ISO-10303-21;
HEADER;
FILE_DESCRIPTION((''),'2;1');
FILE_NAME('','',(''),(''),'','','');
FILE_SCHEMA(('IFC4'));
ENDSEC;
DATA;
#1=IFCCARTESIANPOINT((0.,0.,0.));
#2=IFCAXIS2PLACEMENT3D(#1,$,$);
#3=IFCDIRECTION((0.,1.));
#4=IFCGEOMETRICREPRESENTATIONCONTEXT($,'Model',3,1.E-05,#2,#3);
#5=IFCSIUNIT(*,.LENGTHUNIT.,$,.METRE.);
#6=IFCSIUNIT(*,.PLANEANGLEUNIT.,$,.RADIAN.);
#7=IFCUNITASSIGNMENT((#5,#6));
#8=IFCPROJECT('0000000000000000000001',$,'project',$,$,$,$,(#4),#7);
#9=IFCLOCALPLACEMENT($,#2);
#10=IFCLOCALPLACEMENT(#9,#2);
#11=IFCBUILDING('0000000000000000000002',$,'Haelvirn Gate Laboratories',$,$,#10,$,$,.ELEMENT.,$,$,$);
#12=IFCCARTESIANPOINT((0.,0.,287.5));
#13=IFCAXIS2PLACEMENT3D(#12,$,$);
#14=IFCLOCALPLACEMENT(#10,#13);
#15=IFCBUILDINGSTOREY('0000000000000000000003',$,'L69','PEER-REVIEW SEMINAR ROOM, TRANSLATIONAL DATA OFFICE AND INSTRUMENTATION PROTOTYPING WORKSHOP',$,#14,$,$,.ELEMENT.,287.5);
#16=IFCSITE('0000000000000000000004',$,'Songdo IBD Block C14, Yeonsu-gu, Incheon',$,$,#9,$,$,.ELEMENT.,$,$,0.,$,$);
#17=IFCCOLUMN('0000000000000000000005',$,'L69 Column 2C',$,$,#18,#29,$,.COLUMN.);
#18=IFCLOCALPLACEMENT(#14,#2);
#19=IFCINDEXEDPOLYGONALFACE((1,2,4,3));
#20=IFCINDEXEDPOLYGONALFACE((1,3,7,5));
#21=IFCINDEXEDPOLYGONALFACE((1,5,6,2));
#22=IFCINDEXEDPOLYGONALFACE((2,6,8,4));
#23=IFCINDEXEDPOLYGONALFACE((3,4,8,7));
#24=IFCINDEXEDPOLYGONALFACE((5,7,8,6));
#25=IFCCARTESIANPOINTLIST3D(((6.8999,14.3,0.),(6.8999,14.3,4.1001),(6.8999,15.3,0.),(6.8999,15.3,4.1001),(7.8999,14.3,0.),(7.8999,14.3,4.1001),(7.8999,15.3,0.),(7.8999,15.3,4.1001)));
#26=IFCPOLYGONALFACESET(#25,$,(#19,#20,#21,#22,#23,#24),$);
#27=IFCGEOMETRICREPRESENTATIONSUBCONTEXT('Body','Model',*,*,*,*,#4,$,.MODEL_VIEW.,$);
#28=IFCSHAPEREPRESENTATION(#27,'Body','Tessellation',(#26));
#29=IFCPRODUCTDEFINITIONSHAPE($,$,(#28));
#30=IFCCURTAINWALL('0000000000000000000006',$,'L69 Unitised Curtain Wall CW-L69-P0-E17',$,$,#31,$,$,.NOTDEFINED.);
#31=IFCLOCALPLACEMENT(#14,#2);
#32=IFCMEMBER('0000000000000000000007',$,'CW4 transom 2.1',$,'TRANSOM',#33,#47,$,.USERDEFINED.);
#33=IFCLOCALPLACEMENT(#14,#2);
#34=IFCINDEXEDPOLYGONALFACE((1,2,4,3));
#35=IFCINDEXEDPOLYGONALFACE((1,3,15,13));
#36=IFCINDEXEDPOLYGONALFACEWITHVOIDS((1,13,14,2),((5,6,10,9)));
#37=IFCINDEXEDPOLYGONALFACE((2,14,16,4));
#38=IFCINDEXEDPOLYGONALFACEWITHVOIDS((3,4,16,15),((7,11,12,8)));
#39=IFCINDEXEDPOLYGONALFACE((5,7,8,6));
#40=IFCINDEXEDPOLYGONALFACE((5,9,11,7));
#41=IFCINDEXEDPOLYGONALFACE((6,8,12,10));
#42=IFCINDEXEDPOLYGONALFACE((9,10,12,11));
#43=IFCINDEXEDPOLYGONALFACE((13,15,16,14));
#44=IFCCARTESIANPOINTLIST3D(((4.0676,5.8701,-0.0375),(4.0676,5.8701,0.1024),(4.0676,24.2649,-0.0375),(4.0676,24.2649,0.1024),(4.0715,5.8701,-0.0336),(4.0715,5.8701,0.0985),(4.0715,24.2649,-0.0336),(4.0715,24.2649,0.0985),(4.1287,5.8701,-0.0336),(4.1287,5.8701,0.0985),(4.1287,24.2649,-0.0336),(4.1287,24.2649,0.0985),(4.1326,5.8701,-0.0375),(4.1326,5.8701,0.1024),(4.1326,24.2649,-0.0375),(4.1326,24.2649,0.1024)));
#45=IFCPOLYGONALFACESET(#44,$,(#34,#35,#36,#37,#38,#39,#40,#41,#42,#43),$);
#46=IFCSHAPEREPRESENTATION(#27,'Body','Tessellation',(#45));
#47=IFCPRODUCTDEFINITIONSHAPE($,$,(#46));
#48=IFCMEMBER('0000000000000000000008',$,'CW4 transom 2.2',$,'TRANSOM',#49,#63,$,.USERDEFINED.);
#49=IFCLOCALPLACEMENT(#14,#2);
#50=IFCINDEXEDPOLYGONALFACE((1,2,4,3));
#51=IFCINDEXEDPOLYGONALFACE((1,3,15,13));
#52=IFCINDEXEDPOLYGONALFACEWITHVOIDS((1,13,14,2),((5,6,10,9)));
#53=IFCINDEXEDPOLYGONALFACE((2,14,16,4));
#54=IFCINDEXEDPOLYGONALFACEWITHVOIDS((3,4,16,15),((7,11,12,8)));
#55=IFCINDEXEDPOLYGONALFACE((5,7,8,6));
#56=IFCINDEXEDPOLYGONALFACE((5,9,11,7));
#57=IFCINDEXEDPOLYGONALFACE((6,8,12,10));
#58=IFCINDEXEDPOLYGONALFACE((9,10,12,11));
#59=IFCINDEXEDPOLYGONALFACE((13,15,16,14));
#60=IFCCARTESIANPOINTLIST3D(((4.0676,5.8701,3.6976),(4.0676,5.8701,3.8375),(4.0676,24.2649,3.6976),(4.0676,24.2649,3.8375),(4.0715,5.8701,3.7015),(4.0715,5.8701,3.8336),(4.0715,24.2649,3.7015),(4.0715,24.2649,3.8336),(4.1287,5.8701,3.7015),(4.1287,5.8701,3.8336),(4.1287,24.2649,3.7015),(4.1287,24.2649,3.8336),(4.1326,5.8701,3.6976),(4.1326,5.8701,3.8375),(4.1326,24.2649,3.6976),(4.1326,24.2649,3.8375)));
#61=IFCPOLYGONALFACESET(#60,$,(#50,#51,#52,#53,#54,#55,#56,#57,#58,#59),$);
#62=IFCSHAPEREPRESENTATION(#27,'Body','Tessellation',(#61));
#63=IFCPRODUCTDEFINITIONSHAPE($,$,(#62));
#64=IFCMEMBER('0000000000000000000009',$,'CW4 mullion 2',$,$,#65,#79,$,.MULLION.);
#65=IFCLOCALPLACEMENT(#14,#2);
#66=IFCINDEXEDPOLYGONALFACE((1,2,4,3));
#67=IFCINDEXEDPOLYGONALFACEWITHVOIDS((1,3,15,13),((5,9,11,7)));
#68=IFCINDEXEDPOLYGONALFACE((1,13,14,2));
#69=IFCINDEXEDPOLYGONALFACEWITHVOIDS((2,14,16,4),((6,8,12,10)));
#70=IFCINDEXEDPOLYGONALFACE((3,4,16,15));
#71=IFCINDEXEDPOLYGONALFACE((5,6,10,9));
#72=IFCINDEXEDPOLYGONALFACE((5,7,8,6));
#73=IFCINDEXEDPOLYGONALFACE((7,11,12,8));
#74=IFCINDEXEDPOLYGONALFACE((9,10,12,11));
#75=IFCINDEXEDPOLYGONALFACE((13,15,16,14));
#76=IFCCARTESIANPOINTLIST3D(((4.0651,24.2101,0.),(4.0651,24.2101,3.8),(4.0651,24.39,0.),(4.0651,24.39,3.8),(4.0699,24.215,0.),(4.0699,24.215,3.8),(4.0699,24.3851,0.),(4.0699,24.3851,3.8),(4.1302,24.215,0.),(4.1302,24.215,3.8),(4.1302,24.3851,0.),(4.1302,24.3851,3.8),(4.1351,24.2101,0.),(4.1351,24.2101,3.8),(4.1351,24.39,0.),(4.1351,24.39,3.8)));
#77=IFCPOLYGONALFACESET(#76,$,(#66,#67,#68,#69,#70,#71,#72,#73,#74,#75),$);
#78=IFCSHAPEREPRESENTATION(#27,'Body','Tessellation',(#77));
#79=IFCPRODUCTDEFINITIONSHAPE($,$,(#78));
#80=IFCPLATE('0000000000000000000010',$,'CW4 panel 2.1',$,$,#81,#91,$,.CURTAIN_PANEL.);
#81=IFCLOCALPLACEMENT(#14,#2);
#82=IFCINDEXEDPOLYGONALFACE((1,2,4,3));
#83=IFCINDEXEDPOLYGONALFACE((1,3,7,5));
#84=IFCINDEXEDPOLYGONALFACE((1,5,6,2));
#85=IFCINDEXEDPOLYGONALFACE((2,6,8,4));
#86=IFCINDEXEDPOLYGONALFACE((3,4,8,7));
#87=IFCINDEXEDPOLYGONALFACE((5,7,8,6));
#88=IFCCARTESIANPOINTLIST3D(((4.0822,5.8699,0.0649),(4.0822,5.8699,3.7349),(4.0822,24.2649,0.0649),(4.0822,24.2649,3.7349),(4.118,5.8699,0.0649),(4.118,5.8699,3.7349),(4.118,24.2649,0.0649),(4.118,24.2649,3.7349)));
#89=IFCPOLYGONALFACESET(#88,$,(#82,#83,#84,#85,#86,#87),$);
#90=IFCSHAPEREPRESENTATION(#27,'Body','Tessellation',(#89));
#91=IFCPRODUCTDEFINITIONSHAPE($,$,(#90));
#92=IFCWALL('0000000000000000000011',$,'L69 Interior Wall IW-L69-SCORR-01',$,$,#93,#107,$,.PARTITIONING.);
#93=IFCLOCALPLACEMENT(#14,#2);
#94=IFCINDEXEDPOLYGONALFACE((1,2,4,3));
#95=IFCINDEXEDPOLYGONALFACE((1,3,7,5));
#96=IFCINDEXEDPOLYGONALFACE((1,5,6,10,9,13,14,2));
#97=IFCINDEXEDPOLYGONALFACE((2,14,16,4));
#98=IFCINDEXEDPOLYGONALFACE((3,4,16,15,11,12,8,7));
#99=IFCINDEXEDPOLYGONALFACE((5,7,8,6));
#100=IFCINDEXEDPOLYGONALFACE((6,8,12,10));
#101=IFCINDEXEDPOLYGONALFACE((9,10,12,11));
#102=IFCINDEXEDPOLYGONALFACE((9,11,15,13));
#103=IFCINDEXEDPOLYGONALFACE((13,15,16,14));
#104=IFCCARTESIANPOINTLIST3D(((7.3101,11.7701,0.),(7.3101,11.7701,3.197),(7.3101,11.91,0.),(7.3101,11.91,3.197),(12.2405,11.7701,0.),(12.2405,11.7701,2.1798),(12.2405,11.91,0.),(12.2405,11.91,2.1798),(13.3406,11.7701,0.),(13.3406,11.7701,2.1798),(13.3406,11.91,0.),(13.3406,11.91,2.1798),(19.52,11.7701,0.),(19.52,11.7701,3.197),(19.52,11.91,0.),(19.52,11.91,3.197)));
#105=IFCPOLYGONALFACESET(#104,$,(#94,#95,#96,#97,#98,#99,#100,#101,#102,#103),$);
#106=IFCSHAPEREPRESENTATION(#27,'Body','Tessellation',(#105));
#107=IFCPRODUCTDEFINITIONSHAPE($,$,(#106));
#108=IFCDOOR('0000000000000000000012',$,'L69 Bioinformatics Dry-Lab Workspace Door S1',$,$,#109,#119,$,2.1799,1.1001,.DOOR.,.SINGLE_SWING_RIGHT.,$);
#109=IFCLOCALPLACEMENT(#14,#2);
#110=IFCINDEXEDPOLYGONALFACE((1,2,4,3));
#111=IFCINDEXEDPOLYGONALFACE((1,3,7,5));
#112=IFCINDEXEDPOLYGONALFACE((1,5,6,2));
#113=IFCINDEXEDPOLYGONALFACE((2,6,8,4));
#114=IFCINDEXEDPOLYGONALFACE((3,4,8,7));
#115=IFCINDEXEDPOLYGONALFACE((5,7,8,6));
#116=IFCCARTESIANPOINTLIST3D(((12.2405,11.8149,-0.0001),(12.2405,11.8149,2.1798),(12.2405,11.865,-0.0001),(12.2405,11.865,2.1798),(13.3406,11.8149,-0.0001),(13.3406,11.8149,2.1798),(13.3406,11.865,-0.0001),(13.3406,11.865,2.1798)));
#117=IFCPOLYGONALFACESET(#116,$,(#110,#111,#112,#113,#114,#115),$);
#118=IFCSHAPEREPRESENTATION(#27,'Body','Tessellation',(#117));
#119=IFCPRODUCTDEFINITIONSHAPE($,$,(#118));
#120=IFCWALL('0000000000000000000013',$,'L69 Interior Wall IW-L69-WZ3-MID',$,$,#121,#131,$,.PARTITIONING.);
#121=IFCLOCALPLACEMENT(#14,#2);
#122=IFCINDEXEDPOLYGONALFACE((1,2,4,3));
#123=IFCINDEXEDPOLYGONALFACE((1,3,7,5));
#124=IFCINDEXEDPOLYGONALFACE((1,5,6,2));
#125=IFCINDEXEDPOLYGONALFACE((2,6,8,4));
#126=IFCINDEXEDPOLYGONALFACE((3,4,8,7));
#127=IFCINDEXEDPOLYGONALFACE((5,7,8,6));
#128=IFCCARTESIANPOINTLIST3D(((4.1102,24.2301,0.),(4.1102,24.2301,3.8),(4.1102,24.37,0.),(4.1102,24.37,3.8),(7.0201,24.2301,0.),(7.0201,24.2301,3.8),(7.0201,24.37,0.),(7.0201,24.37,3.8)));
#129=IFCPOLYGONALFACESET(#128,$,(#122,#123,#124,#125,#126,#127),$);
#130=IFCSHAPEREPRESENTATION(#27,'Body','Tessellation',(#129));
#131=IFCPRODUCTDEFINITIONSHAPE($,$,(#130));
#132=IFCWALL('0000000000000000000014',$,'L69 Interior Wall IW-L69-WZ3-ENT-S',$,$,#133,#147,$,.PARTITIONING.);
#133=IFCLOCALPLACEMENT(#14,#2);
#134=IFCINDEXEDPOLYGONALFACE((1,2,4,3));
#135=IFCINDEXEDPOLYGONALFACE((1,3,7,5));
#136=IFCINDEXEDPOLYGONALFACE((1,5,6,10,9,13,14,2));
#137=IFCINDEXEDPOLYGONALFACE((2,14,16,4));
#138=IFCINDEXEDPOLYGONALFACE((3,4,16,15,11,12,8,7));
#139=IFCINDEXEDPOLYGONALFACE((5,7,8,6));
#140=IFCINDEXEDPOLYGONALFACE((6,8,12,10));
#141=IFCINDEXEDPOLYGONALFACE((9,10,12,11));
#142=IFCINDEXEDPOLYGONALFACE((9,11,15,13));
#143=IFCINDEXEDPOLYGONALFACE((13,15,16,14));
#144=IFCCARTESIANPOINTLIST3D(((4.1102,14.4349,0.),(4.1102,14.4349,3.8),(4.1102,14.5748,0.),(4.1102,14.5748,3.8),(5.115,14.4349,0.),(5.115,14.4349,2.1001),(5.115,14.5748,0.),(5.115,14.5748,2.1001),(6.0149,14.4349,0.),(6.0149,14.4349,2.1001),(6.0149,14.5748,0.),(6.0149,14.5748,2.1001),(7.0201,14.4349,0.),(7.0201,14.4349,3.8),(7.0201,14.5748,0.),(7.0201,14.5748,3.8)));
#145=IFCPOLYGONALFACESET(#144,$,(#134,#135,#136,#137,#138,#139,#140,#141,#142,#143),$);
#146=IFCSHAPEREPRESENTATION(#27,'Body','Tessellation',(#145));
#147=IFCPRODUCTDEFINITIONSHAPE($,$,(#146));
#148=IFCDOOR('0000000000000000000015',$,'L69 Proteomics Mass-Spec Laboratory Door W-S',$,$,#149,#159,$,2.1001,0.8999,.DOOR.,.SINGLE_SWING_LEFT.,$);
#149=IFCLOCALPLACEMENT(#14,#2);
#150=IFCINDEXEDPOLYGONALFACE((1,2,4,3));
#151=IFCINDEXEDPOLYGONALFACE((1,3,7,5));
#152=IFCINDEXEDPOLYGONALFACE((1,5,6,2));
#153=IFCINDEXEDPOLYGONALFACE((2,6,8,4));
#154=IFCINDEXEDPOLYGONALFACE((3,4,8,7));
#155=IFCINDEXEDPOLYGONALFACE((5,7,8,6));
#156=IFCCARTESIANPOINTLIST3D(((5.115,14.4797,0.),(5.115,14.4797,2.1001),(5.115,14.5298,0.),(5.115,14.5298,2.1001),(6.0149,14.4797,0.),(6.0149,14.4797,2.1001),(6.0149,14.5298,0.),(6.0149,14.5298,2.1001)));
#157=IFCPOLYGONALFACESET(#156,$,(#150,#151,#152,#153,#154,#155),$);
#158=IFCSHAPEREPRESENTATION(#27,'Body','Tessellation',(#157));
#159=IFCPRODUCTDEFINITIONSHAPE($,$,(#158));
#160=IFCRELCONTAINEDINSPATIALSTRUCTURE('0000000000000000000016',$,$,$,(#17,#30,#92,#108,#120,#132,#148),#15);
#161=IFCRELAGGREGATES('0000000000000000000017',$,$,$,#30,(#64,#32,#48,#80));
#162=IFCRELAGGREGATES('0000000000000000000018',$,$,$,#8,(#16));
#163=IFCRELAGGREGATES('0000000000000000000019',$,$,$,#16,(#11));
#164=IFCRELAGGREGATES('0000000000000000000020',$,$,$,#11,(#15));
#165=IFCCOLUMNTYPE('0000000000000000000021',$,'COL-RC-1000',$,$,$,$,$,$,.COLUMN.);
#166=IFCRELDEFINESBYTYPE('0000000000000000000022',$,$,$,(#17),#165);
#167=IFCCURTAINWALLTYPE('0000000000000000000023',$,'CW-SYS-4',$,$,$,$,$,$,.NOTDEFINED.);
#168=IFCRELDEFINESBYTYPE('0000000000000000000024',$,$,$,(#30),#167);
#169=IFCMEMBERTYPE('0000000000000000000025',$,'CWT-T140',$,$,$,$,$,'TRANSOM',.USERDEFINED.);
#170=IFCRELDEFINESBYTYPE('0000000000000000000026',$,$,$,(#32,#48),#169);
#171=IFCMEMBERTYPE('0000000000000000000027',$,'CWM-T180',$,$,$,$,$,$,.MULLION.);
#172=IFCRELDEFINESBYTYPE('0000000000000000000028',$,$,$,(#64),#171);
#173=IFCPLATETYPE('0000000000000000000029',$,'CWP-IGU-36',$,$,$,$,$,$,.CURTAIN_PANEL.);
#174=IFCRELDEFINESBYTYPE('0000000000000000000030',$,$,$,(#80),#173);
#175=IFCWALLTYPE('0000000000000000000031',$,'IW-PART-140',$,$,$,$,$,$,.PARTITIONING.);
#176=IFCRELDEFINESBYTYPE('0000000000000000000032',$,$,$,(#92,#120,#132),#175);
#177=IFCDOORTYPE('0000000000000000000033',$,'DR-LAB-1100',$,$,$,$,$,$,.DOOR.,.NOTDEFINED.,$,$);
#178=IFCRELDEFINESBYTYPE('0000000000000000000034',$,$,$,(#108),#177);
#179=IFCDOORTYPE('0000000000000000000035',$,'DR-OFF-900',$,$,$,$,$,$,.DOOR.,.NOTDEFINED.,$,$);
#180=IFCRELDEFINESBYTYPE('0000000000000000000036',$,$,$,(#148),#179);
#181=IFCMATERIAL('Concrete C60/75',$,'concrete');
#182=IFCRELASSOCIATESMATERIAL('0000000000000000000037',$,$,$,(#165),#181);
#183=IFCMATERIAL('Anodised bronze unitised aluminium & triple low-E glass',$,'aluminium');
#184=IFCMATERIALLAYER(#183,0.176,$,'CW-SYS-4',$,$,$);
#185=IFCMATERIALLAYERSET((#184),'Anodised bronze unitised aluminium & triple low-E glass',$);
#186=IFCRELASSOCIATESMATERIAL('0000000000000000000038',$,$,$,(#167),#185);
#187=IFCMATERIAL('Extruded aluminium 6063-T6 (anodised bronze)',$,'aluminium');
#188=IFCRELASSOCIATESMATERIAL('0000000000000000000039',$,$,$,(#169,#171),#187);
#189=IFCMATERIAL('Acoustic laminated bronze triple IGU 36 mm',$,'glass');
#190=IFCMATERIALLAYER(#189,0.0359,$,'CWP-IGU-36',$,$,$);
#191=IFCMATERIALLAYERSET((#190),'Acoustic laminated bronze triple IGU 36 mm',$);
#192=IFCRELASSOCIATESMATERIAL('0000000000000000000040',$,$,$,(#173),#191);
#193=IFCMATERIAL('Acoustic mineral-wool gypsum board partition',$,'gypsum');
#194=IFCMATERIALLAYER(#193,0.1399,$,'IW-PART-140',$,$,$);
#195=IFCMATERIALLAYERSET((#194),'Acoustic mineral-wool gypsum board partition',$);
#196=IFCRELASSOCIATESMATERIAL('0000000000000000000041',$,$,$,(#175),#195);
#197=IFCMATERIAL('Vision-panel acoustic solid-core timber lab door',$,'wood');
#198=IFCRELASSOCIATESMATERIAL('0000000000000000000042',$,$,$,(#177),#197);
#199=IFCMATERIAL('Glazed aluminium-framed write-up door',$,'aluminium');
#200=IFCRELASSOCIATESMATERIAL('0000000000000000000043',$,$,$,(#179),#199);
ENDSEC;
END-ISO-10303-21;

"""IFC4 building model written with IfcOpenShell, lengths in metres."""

from ifc_helpers import new_model, si_unit, direction, frame, frame_2d, origin, origin_2d, place, context, subcontext, project, spatial, rectangle, hollow_rectangle, extrude, source, transform, mapped, material, layer, layer_set, material_profile, profile_set, type_object, type_shapes, element, fill, aggregate, save


model = new_model("IFC4")

# Units and contexts
model_context = context("Model", 3, precision=1e-05, world=origin(), true_north=direction((0.0, 1.0)))
body_context = subcontext(model_context, "Body", "Model", "MODEL_VIEW")
ifc_project = project(units=[si_unit("LENGTHUNIT", "METRE"), si_unit("PLANEANGLEUNIT", "RADIAN")], contexts=[model_context])

# Site, building, storey
site_placement = place(None, origin())
site = spatial("IfcSite", under=ifc_project, at=site_placement, Name="Songdo IBD Block C14, Yeonsu-gu, Incheon", CompositionType="ELEMENT", RefElevation=0.0)
building_placement = place(site_placement, origin())
building = spatial("IfcBuilding", under=site, at=building_placement, Name="Haelvirn Gate Laboratories", CompositionType="ELEMENT")
storey_placement = place(building_placement, frame((0.0, 0.0, 287.5)))
storey = spatial("IfcBuildingStorey", under=building, at=storey_placement, Name="L69", Description="PEER-REVIEW SEMINAR ROOM, TRANSLATIONAL DATA OFFICE AND INSTRUMENTATION PROTOTYPING WORKSHOP", CompositionType="ELEMENT", Elevation=287.5)

# Column
ifc_material_1 = material(Name="Concrete C60/75", Category="concrete")
ifc_material_profile_1 = material_profile(ifc_material_1, rectangle(XDim=1.0, YDim=1.0, at=origin_2d()), Name="RC-1000x1000")
ifc_profile_set_1 = profile_set([ifc_material_profile_1], Name="Concrete C60/75")
column_type = type_object("IfcColumnType", Name="COL-RC-1000", PredefinedType="COLUMN", material=ifc_profile_set_1)
shared_shape_1 = source(origin(), body_context, "Body", "SweptSolid", [
    extrude(rectangle(XDim=1.0, YDim=1.0, at=origin_2d()), origin(), (0.0, 0.0, 1.0), 4.1001),
])
type_shapes(column_type, [shared_shape_1])
column_placement = place(storey_placement, frame((7.3999, 14.8, 0.0), z_axis=(0.0, 0.0, 1.0), x_axis=(1.0, 0.0, 0.0)))
element("IfcColumn", 1, at=column_placement, inside=storey, type_object=column_type, Name="L69 Column 2C", PredefinedType="COLUMN", context=body_context, shape_type="MappedRepresentation", body=[
    mapped(shared_shape_1, transform((0.0, 0.0, 0.0), scale=1.0)),
])

# Curtain wall, members, plate
ifc_material_2 = material(Name="Anodised bronze unitised aluminium & triple low-E glass", Category="aluminium")
ifc_layer_1 = layer(ifc_material_2, 0.176, Name="CW-SYS-4")
ifc_layer_set_1 = layer_set([ifc_layer_1], Name="Anodised bronze unitised aluminium & triple low-E glass")
curtain_wall_type = type_object("IfcCurtainWallType", Name="CW-SYS-4", PredefinedType="NOTDEFINED", material=ifc_layer_set_1)
curtain_wall_placement = place(storey_placement, origin())
curtain_wall = element("IfcCurtainWall", 2, at=curtain_wall_placement, inside=storey, type_object=curtain_wall_type, Name="L69 Unitised Curtain Wall CW-L69-P0-E17", PredefinedType="NOTDEFINED")
ifc_material_3 = material(Name="Extruded aluminium 6063-T6 (anodised bronze)", Category="aluminium")
ifc_material_profile_2 = material_profile(ifc_material_3, hollow_rectangle(XDim=0.0649, YDim=0.1399, WallThickness=0.0039, at=origin_2d()), Name="CWT-140x65x4")
ifc_profile_set_2 = profile_set([ifc_material_profile_2], Name="Extruded aluminium 6063-T6 (anodised bronze)")
member_type_1 = type_object("IfcMemberType", Name="CWT-T140", ElementType="TRANSOM", PredefinedType="USERDEFINED", material=ifc_profile_set_2)
shared_shape_2 = source(origin(), body_context, "Body", "SweptSolid", [
    extrude(hollow_rectangle(XDim=0.0649, YDim=0.1399, WallThickness=0.0039, at=origin_2d()), origin(), (0.0, 0.0, 1.0), 18.3948),
])
type_shapes(member_type_1, [shared_shape_2])
member_1_placement = place(storey_placement, frame((4.1001, 24.2649, 0.0325), z_axis=(0.0, -1.0, 0.0), x_axis=(1.0, 0.0, 0.0)))
member_1 = element("IfcMember", 3, at=member_1_placement, type_object=member_type_1, Name="CW4 transom 2.1", ObjectType="TRANSOM", PredefinedType="USERDEFINED", context=body_context, shape_type="MappedRepresentation", body=[
    mapped(shared_shape_2, transform((0.0, 0.0, 0.0), scale=1.0)),
])
member_2_placement = place(storey_placement, frame((4.1001, 24.2649, 3.7676), z_axis=(0.0, -1.0, 0.0), x_axis=(1.0, 0.0, 0.0)))
member_2 = element("IfcMember", 4, at=member_2_placement, type_object=member_type_1, Name="CW4 transom 2.2", ObjectType="TRANSOM", PredefinedType="USERDEFINED", context=body_context, shape_type="MappedRepresentation", body=[
    mapped(shared_shape_2, transform((0.0, 0.0, 0.0), scale=1.0)),
])
ifc_material_profile_3 = material_profile(ifc_material_3, hollow_rectangle(XDim=0.0701, YDim=0.1799, WallThickness=0.0049, at=origin_2d()), Name="CWM-180x70x5")
ifc_profile_set_3 = profile_set([ifc_material_profile_3], Name="Extruded aluminium 6063-T6 (anodised bronze)")
member_type_2 = type_object("IfcMemberType", Name="CWM-T180", PredefinedType="MULLION", material=ifc_profile_set_3)
shared_shape_3 = source(origin(), body_context, "Body", "SweptSolid", [
    extrude(hollow_rectangle(XDim=0.0701, YDim=0.1799, WallThickness=0.0049, at=origin_2d()), origin(), (0.0, 0.0, 1.0), 3.8),
])
type_shapes(member_type_2, [shared_shape_3])
member_3_placement = place(storey_placement, frame((4.1001, 24.3, 0.0), z_axis=(0.0, 0.0, 1.0), x_axis=(1.0, 0.0, 0.0)))
member_3 = element("IfcMember", 5, at=member_3_placement, type_object=member_type_2, Name="CW4 mullion 2", PredefinedType="MULLION", context=body_context, shape_type="MappedRepresentation", body=[
    mapped(shared_shape_3, transform((0.0, 0.0, 0.0), scale=1.0)),
])
ifc_material_4 = material(Name="Acoustic laminated bronze triple IGU 36 mm", Category="glass")
ifc_layer_2 = layer(ifc_material_4, 0.0359, Name="CWP-IGU-36")
ifc_layer_set_2 = layer_set([ifc_layer_2], Name="Acoustic laminated bronze triple IGU 36 mm")
plate_type = type_object("IfcPlateType", Name="CWP-IGU-36", PredefinedType="CURTAIN_PANEL", material=ifc_layer_set_2)
shared_shape_4 = source(origin(), body_context, "Body", "SweptSolid", [
    extrude(rectangle(XDim=18.395, YDim=0.0359, at=origin_2d()), origin(), (0.0, 0.0, 1.0), 3.6699),
])
type_shapes(plate_type, [shared_shape_4])
plate_placement = place(storey_placement, frame((4.1001, 15.0674, 0.0649), z_axis=(0.0, 0.0, 1.0), x_axis=(0.0, -1.0, 0.0)))
plate = element("IfcPlate", 6, at=plate_placement, type_object=plate_type, Name="CW4 panel 2.1", PredefinedType="CURTAIN_PANEL", context=body_context, shape_type="MappedRepresentation", body=[
    mapped(shared_shape_4, transform((0.0, 0.0, 0.0), scale=1.0)),
])
aggregate(curtain_wall, [member_3, member_1, member_2, plate])

# Wall, opening, door
ifc_material_5 = material(Name="Acoustic mineral-wool gypsum board partition", Category="gypsum")
ifc_layer_3 = layer(ifc_material_5, 0.1399, Name="IW-PART-140")
ifc_layer_set_3 = layer_set([ifc_layer_3], Name="Acoustic mineral-wool gypsum board partition")
wall_type_1 = type_object("IfcWallType", Name="IW-PART-140", PredefinedType="PARTITIONING", material=ifc_layer_set_3)
wall_1_placement = place(storey_placement, frame((7.3101, 11.8401, 0.0), z_axis=(0.0, 0.0, 1.0), x_axis=(1.0, 0.0, 0.0)))
wall_1 = element("IfcWall", 7, at=wall_1_placement, inside=storey, type_object=wall_type_1, Name="L69 Interior Wall IW-L69-SCORR-01", PredefinedType="PARTITIONING", context=body_context, shape_type="SweptSolid", body=[
    extrude(rectangle(XDim=12.21, YDim=0.1399, at=frame_2d((6.105, 0.0))), origin(), (0.0, 0.0, 1.0), 3.197),
])
opening_1_placement = place(wall_1_placement, frame((4.9304, 0.0, 0.0)))
opening_1 = element("IfcOpeningElement", 8, at=opening_1_placement, cuts=wall_1, PredefinedType="OPENING", context=body_context, shape_type="SweptSolid", body=[
    extrude(rectangle(XDim=1.1001, YDim=2.1799, at=frame_2d((0.55, 1.0898))), frame((0.0, 0.0801, 0.0), z_axis=(0.0, -1.0, 0.0), x_axis=(1.0, 0.0, 0.0)), (0.0, 0.0, 1.0), 0.1599),
])
ifc_material_6 = material(Name="Vision-panel acoustic solid-core timber lab door", Category="wood")
door_type_1 = type_object("IfcDoorType", Name="DR-LAB-1100", OperationType="NOTDEFINED", PredefinedType="DOOR", material=ifc_material_6)
shared_shape_5 = source(origin(), body_context, "Body", "SweptSolid", [
    extrude(rectangle(XDim=1.1001, YDim=2.1799, at=frame_2d((0.55, 1.0898))), frame((0.0, 0.0249, 0.0), z_axis=(0.0, -1.0, 0.0), x_axis=(1.0, 0.0, 0.0)), (0.0, 0.0, 1.0), 0.05),
])
type_shapes(door_type_1, [shared_shape_5])
door_1_placement = place(opening_1_placement, origin())
door_1 = element("IfcDoor", 9, at=door_1_placement, inside=storey, type_object=door_type_1, Name="L69 Bioinformatics Dry-Lab Workspace Door S1", OperationType="SINGLE_SWING_RIGHT", OverallHeight=2.1799, OverallWidth=1.1001, PredefinedType="DOOR", context=body_context, shape_type="MappedRepresentation", body=[
    mapped(shared_shape_5, transform((0.0, 0.0, 0.0), scale=1.0)),
])
fill(opening_1, door_1)

# Wall
wall_2_placement = place(storey_placement, frame((4.1101, 24.3, 0.0), z_axis=(0.0, 0.0, 1.0), x_axis=(1.0, 0.0, 0.0)))
element("IfcWall", 10, at=wall_2_placement, inside=storey, type_object=wall_type_1, Name="L69 Interior Wall IW-L69-WZ3-MID", PredefinedType="PARTITIONING", context=body_context, shape_type="SweptSolid", body=[
    extrude(rectangle(XDim=2.9099, YDim=0.1399, at=frame_2d((1.4551, 0.0))), origin(), (0.0, 0.0, 1.0), 3.8),
])

# Wall, opening, door
wall_3_placement = place(storey_placement, frame((4.1101, 14.5049, 0.0), z_axis=(0.0, 0.0, 1.0), x_axis=(1.0, 0.0, 0.0)))
wall_3 = element("IfcWall", 11, at=wall_3_placement, inside=storey, type_object=wall_type_1, Name="L69 Interior Wall IW-L69-WZ3-ENT-S", PredefinedType="PARTITIONING", context=body_context, shape_type="SweptSolid", body=[
    extrude(rectangle(XDim=2.9099, YDim=0.1399, at=frame_2d((1.4551, 0.0))), origin(), (0.0, 0.0, 1.0), 3.8),
])
opening_2_placement = place(wall_3_placement, frame((1.0049, 0.0, 0.0)))
opening_2 = element("IfcOpeningElement", 12, at=opening_2_placement, cuts=wall_3, PredefinedType="OPENING", context=body_context, shape_type="SweptSolid", body=[
    extrude(rectangle(XDim=0.8999, YDim=2.1001, at=frame_2d((0.45, 1.05))), frame((0.0, 0.0801, 0.0), z_axis=(0.0, -1.0, 0.0), x_axis=(1.0, 0.0, 0.0)), (0.0, 0.0, 1.0), 0.1599),
])
ifc_material_7 = material(Name="Glazed aluminium-framed write-up door", Category="aluminium")
door_type_2 = type_object("IfcDoorType", Name="DR-OFF-900", OperationType="NOTDEFINED", PredefinedType="DOOR", material=ifc_material_7)
shared_shape_6 = source(origin(), body_context, "Body", "SweptSolid", [
    extrude(rectangle(XDim=0.8999, YDim=2.1001, at=frame_2d((0.45, 1.05))), frame((0.0, 0.0249, 0.0), z_axis=(0.0, -1.0, 0.0), x_axis=(1.0, 0.0, 0.0)), (0.0, 0.0, 1.0), 0.05),
])
type_shapes(door_type_2, [shared_shape_6])
door_2_placement = place(opening_2_placement, origin())
door_2 = element("IfcDoor", 13, at=door_2_placement, inside=storey, type_object=door_type_2, Name="L69 Proteomics Mass-Spec Laboratory Door W-S", OperationType="SINGLE_SWING_LEFT", OverallHeight=2.1001, OverallWidth=0.8999, PredefinedType="DOOR", context=body_context, shape_type="MappedRepresentation", body=[
    mapped(shared_shape_6, transform((0.0, 0.0, 0.0), scale=1.0)),
])
fill(opening_2, door_2)

save(model, "model.ifc")
